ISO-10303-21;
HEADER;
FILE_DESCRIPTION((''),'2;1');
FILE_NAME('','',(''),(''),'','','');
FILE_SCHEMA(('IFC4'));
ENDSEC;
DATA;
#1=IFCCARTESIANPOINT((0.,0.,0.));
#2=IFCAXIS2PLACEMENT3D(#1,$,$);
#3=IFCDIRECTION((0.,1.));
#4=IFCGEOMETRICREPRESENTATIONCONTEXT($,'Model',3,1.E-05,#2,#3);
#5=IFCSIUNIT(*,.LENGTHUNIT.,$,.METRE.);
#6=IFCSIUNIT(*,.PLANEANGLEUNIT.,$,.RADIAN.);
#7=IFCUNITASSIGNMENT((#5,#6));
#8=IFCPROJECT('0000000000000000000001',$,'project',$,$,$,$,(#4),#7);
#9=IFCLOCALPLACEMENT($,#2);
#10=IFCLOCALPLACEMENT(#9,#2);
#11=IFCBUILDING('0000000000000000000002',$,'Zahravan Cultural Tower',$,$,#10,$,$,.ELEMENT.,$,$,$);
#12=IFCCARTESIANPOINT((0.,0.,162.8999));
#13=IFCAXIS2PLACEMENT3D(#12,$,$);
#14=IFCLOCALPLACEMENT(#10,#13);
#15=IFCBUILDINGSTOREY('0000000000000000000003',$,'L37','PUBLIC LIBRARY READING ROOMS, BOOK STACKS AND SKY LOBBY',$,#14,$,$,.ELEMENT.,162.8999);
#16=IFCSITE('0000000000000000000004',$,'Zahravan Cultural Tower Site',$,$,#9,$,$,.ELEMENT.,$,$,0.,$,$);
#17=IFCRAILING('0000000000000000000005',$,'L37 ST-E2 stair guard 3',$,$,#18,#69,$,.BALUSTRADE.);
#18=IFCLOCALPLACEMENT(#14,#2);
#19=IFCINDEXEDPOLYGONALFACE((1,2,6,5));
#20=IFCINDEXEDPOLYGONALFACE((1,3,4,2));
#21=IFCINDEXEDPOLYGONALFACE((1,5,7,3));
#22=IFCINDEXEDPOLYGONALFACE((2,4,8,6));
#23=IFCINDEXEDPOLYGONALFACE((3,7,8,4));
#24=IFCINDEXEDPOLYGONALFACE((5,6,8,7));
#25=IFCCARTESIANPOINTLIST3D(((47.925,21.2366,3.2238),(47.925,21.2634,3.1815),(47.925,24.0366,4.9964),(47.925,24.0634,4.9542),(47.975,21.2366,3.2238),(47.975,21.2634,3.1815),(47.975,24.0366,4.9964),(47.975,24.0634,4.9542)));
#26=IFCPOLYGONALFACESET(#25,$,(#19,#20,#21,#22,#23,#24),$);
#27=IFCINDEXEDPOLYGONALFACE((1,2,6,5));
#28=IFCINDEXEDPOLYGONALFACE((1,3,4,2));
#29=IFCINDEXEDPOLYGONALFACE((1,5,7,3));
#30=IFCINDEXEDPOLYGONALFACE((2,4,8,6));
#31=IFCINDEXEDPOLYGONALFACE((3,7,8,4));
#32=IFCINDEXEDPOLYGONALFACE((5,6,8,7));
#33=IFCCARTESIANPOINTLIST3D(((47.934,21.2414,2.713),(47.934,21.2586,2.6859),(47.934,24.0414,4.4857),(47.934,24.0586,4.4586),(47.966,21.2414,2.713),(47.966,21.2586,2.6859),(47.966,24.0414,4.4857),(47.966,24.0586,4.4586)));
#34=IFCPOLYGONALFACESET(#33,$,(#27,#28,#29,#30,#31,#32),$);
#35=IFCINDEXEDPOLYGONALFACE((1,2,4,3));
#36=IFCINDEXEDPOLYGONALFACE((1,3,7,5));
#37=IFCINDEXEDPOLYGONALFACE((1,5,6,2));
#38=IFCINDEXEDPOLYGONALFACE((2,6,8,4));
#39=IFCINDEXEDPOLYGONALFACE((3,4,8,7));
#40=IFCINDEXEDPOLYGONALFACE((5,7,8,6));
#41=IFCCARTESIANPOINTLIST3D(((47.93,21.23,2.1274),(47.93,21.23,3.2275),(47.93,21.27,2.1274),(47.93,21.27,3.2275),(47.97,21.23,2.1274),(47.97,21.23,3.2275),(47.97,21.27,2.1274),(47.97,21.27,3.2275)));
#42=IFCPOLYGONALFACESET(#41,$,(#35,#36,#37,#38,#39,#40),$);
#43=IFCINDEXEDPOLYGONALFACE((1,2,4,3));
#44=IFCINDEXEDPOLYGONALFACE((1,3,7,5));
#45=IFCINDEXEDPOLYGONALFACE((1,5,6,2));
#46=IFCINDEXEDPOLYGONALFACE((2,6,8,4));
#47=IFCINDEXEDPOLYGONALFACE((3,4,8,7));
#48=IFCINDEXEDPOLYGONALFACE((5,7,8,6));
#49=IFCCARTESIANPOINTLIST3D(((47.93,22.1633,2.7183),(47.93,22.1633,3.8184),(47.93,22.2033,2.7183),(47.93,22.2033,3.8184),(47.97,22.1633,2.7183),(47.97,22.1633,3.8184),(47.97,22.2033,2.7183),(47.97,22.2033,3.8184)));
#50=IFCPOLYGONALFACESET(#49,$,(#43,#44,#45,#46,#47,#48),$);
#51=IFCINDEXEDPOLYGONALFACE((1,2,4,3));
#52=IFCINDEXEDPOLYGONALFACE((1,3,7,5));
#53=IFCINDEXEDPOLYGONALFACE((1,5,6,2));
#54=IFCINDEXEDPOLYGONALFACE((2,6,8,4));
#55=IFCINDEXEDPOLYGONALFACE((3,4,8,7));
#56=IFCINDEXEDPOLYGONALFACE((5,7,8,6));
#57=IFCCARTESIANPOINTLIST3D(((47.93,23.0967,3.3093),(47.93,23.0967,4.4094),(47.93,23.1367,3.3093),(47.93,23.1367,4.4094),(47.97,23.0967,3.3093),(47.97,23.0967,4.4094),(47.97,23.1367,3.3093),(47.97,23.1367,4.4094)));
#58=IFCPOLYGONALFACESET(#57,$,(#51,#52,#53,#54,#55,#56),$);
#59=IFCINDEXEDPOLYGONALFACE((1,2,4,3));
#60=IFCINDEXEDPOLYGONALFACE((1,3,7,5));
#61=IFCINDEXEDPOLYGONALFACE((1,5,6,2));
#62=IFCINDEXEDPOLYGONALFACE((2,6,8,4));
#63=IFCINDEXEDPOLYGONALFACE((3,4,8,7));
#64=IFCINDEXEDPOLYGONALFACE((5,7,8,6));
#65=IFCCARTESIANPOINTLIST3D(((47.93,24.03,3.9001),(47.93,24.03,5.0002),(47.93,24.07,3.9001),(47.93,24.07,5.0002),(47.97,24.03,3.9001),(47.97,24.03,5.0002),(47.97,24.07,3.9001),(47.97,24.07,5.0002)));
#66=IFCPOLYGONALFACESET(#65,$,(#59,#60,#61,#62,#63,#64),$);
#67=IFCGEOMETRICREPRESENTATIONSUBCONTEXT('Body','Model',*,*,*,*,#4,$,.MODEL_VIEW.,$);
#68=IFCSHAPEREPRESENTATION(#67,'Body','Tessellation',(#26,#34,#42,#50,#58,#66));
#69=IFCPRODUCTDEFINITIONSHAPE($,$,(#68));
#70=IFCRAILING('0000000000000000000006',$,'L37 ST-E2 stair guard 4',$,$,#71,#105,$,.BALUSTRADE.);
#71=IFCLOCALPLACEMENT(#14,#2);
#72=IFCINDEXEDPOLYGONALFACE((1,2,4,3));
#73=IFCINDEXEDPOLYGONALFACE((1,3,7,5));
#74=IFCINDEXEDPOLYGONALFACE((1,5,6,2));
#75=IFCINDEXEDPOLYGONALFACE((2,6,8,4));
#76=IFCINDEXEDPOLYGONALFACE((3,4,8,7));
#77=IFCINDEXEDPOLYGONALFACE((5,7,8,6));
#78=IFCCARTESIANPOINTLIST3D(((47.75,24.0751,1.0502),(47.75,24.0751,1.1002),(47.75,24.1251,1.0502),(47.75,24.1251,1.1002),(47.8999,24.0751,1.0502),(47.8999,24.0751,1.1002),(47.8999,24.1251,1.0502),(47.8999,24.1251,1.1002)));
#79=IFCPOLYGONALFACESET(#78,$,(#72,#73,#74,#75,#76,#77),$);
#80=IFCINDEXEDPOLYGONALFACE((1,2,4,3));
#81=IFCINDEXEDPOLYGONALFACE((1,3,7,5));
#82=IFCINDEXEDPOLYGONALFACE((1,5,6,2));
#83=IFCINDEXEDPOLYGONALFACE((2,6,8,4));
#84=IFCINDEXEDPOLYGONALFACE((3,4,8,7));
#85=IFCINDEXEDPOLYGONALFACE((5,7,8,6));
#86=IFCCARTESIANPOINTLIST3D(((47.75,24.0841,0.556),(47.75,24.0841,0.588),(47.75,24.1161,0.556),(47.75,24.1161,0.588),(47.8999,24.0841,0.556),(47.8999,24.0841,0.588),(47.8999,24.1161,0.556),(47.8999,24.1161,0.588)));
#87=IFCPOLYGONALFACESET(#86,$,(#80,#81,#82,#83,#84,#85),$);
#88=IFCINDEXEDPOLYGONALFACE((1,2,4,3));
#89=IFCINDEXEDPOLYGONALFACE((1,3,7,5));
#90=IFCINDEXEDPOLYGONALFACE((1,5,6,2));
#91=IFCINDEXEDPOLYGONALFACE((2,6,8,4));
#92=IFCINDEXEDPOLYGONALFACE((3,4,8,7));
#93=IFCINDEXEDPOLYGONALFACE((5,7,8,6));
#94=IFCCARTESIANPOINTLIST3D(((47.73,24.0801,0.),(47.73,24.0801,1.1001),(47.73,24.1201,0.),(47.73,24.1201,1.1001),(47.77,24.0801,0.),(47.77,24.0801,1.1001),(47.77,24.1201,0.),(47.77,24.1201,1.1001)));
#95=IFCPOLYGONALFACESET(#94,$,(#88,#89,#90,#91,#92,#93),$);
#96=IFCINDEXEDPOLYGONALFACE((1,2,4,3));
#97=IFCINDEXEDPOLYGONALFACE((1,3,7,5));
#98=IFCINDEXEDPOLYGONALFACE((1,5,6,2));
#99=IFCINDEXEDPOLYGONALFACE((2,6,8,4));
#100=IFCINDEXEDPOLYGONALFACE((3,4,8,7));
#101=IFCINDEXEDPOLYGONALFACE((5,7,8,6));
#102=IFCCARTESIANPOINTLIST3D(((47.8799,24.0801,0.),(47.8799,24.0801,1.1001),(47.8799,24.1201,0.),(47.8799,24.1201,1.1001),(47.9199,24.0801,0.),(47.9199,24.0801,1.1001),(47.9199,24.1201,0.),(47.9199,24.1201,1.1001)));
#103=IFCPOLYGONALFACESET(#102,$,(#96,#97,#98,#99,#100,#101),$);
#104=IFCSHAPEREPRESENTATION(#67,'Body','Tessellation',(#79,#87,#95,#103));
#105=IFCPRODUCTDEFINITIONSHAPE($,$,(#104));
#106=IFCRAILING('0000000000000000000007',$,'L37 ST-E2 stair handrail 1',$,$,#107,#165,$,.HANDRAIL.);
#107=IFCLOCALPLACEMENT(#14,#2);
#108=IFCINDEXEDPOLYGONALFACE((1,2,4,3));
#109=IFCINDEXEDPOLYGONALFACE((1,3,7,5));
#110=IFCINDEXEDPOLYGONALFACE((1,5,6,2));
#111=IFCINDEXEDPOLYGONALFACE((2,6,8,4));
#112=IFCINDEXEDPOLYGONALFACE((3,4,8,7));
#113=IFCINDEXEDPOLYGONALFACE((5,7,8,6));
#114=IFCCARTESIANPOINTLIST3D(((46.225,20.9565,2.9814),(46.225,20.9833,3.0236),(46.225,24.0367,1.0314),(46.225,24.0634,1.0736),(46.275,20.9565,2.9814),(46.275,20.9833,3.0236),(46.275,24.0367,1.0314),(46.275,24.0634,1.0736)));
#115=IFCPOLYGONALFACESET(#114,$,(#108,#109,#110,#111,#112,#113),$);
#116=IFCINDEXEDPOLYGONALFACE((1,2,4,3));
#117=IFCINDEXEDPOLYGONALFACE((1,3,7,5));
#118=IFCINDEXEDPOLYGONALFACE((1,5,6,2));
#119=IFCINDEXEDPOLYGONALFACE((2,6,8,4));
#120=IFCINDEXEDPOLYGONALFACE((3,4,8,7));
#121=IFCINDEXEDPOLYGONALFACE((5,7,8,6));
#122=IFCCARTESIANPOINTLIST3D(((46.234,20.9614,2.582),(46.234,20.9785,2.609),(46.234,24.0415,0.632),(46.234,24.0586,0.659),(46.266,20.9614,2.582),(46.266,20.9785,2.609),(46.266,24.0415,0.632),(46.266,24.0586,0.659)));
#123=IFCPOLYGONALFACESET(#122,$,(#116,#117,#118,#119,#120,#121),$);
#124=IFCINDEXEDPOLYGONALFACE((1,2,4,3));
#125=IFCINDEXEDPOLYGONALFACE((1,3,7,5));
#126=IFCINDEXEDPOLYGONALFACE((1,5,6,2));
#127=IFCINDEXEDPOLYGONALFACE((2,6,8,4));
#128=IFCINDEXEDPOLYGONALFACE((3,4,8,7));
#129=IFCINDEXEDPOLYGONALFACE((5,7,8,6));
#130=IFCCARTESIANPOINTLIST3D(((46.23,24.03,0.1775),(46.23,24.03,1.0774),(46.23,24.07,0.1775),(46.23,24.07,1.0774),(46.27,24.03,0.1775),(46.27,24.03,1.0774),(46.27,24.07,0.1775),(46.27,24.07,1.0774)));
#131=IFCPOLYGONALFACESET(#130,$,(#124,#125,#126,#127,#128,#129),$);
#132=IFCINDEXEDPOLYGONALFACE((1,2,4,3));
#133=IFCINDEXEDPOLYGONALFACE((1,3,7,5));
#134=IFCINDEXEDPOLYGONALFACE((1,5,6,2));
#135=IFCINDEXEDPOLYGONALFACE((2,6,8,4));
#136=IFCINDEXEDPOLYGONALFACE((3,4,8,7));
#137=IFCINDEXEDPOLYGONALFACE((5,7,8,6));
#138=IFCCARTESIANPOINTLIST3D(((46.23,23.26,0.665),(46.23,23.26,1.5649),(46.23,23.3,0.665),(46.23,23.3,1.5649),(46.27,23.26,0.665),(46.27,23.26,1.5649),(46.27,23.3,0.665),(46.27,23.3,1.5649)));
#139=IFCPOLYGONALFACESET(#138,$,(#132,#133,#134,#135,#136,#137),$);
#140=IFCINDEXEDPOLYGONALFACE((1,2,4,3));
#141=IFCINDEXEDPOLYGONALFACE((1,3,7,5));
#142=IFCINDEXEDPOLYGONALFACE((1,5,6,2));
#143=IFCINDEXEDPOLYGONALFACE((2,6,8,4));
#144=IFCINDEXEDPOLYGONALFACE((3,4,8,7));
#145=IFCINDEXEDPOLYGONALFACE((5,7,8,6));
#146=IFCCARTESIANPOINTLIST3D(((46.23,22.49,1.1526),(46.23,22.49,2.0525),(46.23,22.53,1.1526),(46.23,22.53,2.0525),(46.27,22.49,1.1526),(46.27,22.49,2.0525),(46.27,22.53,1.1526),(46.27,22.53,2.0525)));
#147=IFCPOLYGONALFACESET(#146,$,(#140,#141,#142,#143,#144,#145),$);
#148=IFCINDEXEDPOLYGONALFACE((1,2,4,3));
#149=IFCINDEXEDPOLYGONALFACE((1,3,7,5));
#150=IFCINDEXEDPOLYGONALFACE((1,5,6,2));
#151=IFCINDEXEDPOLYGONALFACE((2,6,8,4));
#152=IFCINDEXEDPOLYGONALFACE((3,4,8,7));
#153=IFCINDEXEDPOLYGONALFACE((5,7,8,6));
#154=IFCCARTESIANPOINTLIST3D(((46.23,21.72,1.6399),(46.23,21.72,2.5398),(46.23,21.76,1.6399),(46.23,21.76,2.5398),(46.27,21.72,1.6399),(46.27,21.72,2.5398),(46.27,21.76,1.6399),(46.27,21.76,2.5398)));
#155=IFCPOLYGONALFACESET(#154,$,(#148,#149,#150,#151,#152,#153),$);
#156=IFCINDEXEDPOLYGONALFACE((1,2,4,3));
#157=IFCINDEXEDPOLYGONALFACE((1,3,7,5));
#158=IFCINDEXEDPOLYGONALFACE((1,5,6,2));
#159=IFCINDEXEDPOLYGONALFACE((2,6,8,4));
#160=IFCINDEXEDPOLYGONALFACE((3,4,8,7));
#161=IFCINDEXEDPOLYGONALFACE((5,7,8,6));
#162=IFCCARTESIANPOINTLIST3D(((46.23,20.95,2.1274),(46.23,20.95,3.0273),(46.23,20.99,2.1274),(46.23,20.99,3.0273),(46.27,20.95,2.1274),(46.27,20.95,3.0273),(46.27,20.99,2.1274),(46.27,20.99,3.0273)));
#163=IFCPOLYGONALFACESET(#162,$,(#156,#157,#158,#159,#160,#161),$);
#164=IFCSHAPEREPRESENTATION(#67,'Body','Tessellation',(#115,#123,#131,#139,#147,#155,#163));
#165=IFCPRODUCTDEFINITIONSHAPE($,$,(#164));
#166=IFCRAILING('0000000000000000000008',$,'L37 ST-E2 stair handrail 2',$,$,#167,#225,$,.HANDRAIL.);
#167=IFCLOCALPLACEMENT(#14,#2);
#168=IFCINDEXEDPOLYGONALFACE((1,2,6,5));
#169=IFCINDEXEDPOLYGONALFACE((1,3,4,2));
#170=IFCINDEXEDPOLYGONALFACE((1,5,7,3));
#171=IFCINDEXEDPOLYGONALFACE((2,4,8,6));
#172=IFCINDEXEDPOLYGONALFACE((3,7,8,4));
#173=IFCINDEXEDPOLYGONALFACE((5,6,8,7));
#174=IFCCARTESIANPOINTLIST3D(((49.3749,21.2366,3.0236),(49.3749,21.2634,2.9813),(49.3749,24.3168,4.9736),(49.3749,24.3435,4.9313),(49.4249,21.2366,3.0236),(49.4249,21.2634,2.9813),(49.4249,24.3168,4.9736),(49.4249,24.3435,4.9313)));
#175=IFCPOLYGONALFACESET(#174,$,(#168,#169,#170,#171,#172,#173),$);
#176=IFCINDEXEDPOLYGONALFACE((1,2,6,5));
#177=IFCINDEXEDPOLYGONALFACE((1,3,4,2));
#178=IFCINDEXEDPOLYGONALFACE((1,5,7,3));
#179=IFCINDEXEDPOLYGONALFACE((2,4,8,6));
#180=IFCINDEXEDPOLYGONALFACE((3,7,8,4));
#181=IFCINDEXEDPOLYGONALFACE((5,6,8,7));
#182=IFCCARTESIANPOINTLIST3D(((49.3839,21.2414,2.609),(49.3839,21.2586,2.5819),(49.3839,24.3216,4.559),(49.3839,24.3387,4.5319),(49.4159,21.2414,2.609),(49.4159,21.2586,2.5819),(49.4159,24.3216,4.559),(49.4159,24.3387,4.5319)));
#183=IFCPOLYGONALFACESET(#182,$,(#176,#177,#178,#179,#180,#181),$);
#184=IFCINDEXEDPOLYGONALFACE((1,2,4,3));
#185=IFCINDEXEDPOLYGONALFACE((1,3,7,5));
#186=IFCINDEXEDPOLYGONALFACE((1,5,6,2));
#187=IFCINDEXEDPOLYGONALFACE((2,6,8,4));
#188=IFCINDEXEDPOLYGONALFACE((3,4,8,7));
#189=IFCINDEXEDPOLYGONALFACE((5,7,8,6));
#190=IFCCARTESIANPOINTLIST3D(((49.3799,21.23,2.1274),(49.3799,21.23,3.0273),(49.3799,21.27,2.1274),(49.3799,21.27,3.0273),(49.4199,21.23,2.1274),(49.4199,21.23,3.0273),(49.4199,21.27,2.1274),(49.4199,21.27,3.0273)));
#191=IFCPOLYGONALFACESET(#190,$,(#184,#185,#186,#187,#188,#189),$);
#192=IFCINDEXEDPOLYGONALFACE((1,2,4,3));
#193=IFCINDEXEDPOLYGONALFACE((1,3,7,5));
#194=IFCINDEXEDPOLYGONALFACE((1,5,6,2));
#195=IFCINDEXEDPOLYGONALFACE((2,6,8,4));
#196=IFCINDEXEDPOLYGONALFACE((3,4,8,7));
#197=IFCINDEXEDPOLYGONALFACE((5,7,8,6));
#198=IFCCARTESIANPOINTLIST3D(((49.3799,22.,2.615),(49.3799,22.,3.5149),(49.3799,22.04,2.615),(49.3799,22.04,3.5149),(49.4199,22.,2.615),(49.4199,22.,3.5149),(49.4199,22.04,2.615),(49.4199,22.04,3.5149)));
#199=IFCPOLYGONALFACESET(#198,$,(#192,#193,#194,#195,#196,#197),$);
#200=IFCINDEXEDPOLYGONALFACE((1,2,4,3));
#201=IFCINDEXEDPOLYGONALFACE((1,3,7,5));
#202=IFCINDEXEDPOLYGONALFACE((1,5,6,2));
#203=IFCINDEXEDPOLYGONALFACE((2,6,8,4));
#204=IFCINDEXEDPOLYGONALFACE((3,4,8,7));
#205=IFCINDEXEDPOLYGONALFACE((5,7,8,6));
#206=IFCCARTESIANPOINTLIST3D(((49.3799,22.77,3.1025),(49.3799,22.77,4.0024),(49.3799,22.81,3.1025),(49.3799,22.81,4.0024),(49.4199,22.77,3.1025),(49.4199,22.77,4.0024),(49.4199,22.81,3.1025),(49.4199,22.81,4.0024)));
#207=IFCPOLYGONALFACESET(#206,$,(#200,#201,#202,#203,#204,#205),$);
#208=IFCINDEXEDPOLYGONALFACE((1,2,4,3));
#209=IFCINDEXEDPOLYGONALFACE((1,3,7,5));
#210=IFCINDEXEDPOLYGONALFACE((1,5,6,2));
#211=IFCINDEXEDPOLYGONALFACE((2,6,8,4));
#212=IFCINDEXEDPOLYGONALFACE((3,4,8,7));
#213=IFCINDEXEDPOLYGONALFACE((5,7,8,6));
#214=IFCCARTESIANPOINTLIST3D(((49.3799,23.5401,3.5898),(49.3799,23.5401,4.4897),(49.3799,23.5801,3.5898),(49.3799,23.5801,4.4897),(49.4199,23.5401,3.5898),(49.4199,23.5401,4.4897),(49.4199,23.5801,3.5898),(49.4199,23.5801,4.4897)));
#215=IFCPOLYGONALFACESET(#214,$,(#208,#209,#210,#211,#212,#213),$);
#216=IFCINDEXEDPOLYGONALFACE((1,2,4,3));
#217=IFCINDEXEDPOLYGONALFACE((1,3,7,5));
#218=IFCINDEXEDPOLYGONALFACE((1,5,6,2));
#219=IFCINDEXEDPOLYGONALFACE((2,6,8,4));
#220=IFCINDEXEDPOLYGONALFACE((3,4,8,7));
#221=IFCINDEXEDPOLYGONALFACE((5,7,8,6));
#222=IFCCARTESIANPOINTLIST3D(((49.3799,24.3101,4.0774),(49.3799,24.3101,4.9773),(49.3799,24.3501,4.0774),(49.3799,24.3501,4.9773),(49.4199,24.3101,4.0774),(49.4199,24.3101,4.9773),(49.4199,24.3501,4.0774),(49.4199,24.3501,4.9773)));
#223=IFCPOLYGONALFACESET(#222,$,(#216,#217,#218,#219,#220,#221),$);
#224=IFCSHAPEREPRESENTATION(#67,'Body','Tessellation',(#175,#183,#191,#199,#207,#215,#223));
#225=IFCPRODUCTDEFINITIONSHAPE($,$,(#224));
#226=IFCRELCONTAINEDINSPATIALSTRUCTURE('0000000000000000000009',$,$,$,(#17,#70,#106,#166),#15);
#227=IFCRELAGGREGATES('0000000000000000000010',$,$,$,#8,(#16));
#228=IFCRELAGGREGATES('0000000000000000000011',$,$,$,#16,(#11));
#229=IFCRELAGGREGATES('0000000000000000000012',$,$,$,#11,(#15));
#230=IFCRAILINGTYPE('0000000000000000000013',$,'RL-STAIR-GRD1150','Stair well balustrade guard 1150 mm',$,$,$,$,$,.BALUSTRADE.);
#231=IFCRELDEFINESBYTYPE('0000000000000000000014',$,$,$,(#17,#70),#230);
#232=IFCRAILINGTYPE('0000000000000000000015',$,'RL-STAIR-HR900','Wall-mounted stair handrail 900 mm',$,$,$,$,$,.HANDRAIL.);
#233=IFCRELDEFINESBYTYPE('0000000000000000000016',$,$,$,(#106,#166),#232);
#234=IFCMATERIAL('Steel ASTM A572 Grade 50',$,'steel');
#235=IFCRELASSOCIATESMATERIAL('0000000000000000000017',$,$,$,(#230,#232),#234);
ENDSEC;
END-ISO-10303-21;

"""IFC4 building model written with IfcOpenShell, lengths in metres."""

from ifc_helpers import new_model, si_unit, direction, frame, origin, origin_2d, place, context, subcontext, project, spatial, rectangle, extrude, material, type_object, element, save


model = new_model("IFC4")

# Units and contexts
model_context = context("Model", 3, precision=1e-05, world=origin(), true_north=direction((0.0, 1.0)))
body_context = subcontext(model_context, "Body", "Model", "MODEL_VIEW")
ifc_project = project(units=[si_unit("LENGTHUNIT", "METRE"), si_unit("PLANEANGLEUNIT", "RADIAN")], contexts=[model_context])

# Site, building, storey
site_placement = place(None, origin())
site = spatial("IfcSite", under=ifc_project, at=site_placement, Name="Zahravan Cultural Tower Site", CompositionType="ELEMENT", RefElevation=0.0)
building_placement = place(site_placement, origin())
building = spatial("IfcBuilding", under=site, at=building_placement, Name="Zahravan Cultural Tower", CompositionType="ELEMENT")
storey_placement = place(building_placement, frame((0.0, 0.0, 162.8999)))
storey = spatial("IfcBuildingStorey", under=building, at=storey_placement, Name="L37", Description="PUBLIC LIBRARY READING ROOMS, BOOK STACKS AND SKY LOBBY", CompositionType="ELEMENT", Elevation=162.8999)

# Shared definitions
ifc_material_1 = material(Name="Steel ASTM A572 Grade 50", Category="steel")

# Railings
railing_type_1 = type_object("IfcRailingType", Name="RL-STAIR-GRD1150", Description="Stair well balustrade guard 1150 mm", PredefinedType="BALUSTRADE", material=ifc_material_1)
railing_1_placement = place(storey_placement, frame((47.95, 21.25, 2.1274)))
element("IfcRailing", 1, at=railing_1_placement, inside=storey, type_object=railing_type_1, Name="L37 ST-E2 stair guard 3", PredefinedType="BALUSTRADE", context=body_context, shape_type="SweptSolid", body=[
    extrude(rectangle(XDim=0.05, YDim=0.05, at=origin_2d()), frame((0.0, 0.0, 1.0752), z_axis=(0.0, 0.844909, 0.53491), x_axis=(-1.0, 0.0, 0.0)), (0.0, 0.0, 1.0), 3.314),
    extrude(rectangle(XDim=0.032, YDim=0.032, at=origin_2d()), frame((0.0, 0.0, 0.572), z_axis=(0.0, 0.844909, 0.53491), x_axis=(-1.0, 0.0, 0.0)), (0.0, 0.0, 1.0), 3.314),
    extrude(rectangle(XDim=0.04, YDim=0.04, at=origin_2d()), origin(), (0.0, 0.0, 1.0), 1.1001),
    extrude(rectangle(XDim=0.04, YDim=0.04, at=origin_2d()), frame((0.0, 0.9333, 0.5908)), (0.0, 0.0, 1.0), 1.1001),
    extrude(rectangle(XDim=0.04, YDim=0.04, at=origin_2d()), frame((0.0, 1.8667, 1.1819)), (0.0, 0.0, 1.0), 1.1001),
    extrude(rectangle(XDim=0.04, YDim=0.04, at=origin_2d()), frame((0.0, 2.8, 1.7727)), (0.0, 0.0, 1.0), 1.1001),
])
railing_2_placement = place(storey_placement, frame((47.75, 24.1001, 0.0)))
element("IfcRailing", 2, at=railing_2_placement, inside=storey, type_object=railing_type_1, Name="L37 ST-E2 stair guard 4", PredefinedType="BALUSTRADE", context=body_context, shape_type="SweptSolid", body=[
    extrude(rectangle(XDim=0.05, YDim=0.05, at=origin_2d()), frame((0.0, 0.0, 1.0752), z_axis=(1.0, 0.0, 0.0), x_axis=(0.0, 1.0, 0.0)), (0.0, 0.0, 1.0), 0.1499),
    extrude(rectangle(XDim=0.032, YDim=0.032, at=origin_2d()), frame((0.0, 0.0, 0.572), z_axis=(1.0, 0.0, 0.0), x_axis=(0.0, 1.0, 0.0)), (0.0, 0.0, 1.0), 0.1499),
    extrude(rectangle(XDim=0.04, YDim=0.04, at=origin_2d()), origin(), (0.0, 0.0, 1.0), 1.1001),
    extrude(rectangle(XDim=0.04, YDim=0.04, at=origin_2d()), frame((0.1499, 0.0, 0.0)), (0.0, 0.0, 1.0), 1.1001),
])
railing_type_2 = type_object("IfcRailingType", Name="RL-STAIR-HR900", Description="Wall-mounted stair handrail 900 mm", PredefinedType="HANDRAIL", material=ifc_material_1)
railing_3_placement = place(storey_placement, frame((46.25, 24.05, 0.1775)))
element("IfcRailing", 3, at=railing_3_placement, inside=storey, type_object=railing_type_2, Name="L37 ST-E2 stair handrail 1", PredefinedType="HANDRAIL", context=body_context, shape_type="SweptSolid", body=[
    extrude(rectangle(XDim=0.05, YDim=0.05, at=origin_2d()), frame((0.0, 0.0, 0.875), z_axis=(0.0, -0.844914, 0.534902), x_axis=(1.0, 0.0, 0.0)), (0.0, 0.0, 1.0), 3.6455),
    extrude(rectangle(XDim=0.032, YDim=0.032, at=origin_2d()), frame((0.0, 0.0, 0.468), z_axis=(0.0, -0.844914, 0.534902), x_axis=(1.0, 0.0, 0.0)), (0.0, 0.0, 1.0), 3.6455),
    extrude(rectangle(XDim=0.04, YDim=0.04, at=origin_2d()), origin(), (0.0, 0.0, 1.0), 0.8999),
    extrude(rectangle(XDim=0.04, YDim=0.04, at=origin_2d()), frame((0.0, -0.77, 0.4875)), (0.0, 0.0, 1.0), 0.8999),
    extrude(rectangle(XDim=0.04, YDim=0.04, at=origin_2d()), frame((0.0, -1.54, 0.9751)), (0.0, 0.0, 1.0), 0.8999),
    extrude(rectangle(XDim=0.04, YDim=0.04, at=origin_2d()), frame((0.0, -2.3101, 1.4624)), (0.0, 0.0, 1.0), 0.8999),
    extrude(rectangle(XDim=0.04, YDim=0.04, at=origin_2d()), frame((0.0, -3.0801, 1.95)), (0.0, 0.0, 1.0), 0.8999),
])
railing_4_placement = place(storey_placement, frame((49.3999, 21.25, 2.1274)))
element("IfcRailing", 4, at=railing_4_placement, inside=storey, type_object=railing_type_2, Name="L37 ST-E2 stair handrail 2", PredefinedType="HANDRAIL", context=body_context, shape_type="SweptSolid", body=[
    extrude(rectangle(XDim=0.05, YDim=0.05, at=origin_2d()), frame((0.0, 0.0, 0.875), z_axis=(0.0, 0.844914, 0.534902), x_axis=(-1.0, 0.0, 0.0)), (0.0, 0.0, 1.0), 3.6455),
    extrude(rectangle(XDim=0.032, YDim=0.032, at=origin_2d()), frame((0.0, 0.0, 0.468), z_axis=(0.0, 0.844914, 0.534902), x_axis=(-1.0, 0.0, 0.0)), (0.0, 0.0, 1.0), 3.6455),
    extrude(rectangle(XDim=0.04, YDim=0.04, at=origin_2d()), origin(), (0.0, 0.0, 1.0), 0.8999),
    extrude(rectangle(XDim=0.04, YDim=0.04, at=origin_2d()), frame((0.0, 0.77, 0.4875)), (0.0, 0.0, 1.0), 0.8999),
    extrude(rectangle(XDim=0.04, YDim=0.04, at=origin_2d()), frame((0.0, 1.54, 0.9751)), (0.0, 0.0, 1.0), 0.8999),
    extrude(rectangle(XDim=0.04, YDim=0.04, at=origin_2d()), frame((0.0, 2.3101, 1.4624)), (0.0, 0.0, 1.0), 0.8999),
    extrude(rectangle(XDim=0.04, YDim=0.04, at=origin_2d()), frame((0.0, 3.0801, 1.95)), (0.0, 0.0, 1.0), 0.8999),
])

save(model, "model.ifc")
